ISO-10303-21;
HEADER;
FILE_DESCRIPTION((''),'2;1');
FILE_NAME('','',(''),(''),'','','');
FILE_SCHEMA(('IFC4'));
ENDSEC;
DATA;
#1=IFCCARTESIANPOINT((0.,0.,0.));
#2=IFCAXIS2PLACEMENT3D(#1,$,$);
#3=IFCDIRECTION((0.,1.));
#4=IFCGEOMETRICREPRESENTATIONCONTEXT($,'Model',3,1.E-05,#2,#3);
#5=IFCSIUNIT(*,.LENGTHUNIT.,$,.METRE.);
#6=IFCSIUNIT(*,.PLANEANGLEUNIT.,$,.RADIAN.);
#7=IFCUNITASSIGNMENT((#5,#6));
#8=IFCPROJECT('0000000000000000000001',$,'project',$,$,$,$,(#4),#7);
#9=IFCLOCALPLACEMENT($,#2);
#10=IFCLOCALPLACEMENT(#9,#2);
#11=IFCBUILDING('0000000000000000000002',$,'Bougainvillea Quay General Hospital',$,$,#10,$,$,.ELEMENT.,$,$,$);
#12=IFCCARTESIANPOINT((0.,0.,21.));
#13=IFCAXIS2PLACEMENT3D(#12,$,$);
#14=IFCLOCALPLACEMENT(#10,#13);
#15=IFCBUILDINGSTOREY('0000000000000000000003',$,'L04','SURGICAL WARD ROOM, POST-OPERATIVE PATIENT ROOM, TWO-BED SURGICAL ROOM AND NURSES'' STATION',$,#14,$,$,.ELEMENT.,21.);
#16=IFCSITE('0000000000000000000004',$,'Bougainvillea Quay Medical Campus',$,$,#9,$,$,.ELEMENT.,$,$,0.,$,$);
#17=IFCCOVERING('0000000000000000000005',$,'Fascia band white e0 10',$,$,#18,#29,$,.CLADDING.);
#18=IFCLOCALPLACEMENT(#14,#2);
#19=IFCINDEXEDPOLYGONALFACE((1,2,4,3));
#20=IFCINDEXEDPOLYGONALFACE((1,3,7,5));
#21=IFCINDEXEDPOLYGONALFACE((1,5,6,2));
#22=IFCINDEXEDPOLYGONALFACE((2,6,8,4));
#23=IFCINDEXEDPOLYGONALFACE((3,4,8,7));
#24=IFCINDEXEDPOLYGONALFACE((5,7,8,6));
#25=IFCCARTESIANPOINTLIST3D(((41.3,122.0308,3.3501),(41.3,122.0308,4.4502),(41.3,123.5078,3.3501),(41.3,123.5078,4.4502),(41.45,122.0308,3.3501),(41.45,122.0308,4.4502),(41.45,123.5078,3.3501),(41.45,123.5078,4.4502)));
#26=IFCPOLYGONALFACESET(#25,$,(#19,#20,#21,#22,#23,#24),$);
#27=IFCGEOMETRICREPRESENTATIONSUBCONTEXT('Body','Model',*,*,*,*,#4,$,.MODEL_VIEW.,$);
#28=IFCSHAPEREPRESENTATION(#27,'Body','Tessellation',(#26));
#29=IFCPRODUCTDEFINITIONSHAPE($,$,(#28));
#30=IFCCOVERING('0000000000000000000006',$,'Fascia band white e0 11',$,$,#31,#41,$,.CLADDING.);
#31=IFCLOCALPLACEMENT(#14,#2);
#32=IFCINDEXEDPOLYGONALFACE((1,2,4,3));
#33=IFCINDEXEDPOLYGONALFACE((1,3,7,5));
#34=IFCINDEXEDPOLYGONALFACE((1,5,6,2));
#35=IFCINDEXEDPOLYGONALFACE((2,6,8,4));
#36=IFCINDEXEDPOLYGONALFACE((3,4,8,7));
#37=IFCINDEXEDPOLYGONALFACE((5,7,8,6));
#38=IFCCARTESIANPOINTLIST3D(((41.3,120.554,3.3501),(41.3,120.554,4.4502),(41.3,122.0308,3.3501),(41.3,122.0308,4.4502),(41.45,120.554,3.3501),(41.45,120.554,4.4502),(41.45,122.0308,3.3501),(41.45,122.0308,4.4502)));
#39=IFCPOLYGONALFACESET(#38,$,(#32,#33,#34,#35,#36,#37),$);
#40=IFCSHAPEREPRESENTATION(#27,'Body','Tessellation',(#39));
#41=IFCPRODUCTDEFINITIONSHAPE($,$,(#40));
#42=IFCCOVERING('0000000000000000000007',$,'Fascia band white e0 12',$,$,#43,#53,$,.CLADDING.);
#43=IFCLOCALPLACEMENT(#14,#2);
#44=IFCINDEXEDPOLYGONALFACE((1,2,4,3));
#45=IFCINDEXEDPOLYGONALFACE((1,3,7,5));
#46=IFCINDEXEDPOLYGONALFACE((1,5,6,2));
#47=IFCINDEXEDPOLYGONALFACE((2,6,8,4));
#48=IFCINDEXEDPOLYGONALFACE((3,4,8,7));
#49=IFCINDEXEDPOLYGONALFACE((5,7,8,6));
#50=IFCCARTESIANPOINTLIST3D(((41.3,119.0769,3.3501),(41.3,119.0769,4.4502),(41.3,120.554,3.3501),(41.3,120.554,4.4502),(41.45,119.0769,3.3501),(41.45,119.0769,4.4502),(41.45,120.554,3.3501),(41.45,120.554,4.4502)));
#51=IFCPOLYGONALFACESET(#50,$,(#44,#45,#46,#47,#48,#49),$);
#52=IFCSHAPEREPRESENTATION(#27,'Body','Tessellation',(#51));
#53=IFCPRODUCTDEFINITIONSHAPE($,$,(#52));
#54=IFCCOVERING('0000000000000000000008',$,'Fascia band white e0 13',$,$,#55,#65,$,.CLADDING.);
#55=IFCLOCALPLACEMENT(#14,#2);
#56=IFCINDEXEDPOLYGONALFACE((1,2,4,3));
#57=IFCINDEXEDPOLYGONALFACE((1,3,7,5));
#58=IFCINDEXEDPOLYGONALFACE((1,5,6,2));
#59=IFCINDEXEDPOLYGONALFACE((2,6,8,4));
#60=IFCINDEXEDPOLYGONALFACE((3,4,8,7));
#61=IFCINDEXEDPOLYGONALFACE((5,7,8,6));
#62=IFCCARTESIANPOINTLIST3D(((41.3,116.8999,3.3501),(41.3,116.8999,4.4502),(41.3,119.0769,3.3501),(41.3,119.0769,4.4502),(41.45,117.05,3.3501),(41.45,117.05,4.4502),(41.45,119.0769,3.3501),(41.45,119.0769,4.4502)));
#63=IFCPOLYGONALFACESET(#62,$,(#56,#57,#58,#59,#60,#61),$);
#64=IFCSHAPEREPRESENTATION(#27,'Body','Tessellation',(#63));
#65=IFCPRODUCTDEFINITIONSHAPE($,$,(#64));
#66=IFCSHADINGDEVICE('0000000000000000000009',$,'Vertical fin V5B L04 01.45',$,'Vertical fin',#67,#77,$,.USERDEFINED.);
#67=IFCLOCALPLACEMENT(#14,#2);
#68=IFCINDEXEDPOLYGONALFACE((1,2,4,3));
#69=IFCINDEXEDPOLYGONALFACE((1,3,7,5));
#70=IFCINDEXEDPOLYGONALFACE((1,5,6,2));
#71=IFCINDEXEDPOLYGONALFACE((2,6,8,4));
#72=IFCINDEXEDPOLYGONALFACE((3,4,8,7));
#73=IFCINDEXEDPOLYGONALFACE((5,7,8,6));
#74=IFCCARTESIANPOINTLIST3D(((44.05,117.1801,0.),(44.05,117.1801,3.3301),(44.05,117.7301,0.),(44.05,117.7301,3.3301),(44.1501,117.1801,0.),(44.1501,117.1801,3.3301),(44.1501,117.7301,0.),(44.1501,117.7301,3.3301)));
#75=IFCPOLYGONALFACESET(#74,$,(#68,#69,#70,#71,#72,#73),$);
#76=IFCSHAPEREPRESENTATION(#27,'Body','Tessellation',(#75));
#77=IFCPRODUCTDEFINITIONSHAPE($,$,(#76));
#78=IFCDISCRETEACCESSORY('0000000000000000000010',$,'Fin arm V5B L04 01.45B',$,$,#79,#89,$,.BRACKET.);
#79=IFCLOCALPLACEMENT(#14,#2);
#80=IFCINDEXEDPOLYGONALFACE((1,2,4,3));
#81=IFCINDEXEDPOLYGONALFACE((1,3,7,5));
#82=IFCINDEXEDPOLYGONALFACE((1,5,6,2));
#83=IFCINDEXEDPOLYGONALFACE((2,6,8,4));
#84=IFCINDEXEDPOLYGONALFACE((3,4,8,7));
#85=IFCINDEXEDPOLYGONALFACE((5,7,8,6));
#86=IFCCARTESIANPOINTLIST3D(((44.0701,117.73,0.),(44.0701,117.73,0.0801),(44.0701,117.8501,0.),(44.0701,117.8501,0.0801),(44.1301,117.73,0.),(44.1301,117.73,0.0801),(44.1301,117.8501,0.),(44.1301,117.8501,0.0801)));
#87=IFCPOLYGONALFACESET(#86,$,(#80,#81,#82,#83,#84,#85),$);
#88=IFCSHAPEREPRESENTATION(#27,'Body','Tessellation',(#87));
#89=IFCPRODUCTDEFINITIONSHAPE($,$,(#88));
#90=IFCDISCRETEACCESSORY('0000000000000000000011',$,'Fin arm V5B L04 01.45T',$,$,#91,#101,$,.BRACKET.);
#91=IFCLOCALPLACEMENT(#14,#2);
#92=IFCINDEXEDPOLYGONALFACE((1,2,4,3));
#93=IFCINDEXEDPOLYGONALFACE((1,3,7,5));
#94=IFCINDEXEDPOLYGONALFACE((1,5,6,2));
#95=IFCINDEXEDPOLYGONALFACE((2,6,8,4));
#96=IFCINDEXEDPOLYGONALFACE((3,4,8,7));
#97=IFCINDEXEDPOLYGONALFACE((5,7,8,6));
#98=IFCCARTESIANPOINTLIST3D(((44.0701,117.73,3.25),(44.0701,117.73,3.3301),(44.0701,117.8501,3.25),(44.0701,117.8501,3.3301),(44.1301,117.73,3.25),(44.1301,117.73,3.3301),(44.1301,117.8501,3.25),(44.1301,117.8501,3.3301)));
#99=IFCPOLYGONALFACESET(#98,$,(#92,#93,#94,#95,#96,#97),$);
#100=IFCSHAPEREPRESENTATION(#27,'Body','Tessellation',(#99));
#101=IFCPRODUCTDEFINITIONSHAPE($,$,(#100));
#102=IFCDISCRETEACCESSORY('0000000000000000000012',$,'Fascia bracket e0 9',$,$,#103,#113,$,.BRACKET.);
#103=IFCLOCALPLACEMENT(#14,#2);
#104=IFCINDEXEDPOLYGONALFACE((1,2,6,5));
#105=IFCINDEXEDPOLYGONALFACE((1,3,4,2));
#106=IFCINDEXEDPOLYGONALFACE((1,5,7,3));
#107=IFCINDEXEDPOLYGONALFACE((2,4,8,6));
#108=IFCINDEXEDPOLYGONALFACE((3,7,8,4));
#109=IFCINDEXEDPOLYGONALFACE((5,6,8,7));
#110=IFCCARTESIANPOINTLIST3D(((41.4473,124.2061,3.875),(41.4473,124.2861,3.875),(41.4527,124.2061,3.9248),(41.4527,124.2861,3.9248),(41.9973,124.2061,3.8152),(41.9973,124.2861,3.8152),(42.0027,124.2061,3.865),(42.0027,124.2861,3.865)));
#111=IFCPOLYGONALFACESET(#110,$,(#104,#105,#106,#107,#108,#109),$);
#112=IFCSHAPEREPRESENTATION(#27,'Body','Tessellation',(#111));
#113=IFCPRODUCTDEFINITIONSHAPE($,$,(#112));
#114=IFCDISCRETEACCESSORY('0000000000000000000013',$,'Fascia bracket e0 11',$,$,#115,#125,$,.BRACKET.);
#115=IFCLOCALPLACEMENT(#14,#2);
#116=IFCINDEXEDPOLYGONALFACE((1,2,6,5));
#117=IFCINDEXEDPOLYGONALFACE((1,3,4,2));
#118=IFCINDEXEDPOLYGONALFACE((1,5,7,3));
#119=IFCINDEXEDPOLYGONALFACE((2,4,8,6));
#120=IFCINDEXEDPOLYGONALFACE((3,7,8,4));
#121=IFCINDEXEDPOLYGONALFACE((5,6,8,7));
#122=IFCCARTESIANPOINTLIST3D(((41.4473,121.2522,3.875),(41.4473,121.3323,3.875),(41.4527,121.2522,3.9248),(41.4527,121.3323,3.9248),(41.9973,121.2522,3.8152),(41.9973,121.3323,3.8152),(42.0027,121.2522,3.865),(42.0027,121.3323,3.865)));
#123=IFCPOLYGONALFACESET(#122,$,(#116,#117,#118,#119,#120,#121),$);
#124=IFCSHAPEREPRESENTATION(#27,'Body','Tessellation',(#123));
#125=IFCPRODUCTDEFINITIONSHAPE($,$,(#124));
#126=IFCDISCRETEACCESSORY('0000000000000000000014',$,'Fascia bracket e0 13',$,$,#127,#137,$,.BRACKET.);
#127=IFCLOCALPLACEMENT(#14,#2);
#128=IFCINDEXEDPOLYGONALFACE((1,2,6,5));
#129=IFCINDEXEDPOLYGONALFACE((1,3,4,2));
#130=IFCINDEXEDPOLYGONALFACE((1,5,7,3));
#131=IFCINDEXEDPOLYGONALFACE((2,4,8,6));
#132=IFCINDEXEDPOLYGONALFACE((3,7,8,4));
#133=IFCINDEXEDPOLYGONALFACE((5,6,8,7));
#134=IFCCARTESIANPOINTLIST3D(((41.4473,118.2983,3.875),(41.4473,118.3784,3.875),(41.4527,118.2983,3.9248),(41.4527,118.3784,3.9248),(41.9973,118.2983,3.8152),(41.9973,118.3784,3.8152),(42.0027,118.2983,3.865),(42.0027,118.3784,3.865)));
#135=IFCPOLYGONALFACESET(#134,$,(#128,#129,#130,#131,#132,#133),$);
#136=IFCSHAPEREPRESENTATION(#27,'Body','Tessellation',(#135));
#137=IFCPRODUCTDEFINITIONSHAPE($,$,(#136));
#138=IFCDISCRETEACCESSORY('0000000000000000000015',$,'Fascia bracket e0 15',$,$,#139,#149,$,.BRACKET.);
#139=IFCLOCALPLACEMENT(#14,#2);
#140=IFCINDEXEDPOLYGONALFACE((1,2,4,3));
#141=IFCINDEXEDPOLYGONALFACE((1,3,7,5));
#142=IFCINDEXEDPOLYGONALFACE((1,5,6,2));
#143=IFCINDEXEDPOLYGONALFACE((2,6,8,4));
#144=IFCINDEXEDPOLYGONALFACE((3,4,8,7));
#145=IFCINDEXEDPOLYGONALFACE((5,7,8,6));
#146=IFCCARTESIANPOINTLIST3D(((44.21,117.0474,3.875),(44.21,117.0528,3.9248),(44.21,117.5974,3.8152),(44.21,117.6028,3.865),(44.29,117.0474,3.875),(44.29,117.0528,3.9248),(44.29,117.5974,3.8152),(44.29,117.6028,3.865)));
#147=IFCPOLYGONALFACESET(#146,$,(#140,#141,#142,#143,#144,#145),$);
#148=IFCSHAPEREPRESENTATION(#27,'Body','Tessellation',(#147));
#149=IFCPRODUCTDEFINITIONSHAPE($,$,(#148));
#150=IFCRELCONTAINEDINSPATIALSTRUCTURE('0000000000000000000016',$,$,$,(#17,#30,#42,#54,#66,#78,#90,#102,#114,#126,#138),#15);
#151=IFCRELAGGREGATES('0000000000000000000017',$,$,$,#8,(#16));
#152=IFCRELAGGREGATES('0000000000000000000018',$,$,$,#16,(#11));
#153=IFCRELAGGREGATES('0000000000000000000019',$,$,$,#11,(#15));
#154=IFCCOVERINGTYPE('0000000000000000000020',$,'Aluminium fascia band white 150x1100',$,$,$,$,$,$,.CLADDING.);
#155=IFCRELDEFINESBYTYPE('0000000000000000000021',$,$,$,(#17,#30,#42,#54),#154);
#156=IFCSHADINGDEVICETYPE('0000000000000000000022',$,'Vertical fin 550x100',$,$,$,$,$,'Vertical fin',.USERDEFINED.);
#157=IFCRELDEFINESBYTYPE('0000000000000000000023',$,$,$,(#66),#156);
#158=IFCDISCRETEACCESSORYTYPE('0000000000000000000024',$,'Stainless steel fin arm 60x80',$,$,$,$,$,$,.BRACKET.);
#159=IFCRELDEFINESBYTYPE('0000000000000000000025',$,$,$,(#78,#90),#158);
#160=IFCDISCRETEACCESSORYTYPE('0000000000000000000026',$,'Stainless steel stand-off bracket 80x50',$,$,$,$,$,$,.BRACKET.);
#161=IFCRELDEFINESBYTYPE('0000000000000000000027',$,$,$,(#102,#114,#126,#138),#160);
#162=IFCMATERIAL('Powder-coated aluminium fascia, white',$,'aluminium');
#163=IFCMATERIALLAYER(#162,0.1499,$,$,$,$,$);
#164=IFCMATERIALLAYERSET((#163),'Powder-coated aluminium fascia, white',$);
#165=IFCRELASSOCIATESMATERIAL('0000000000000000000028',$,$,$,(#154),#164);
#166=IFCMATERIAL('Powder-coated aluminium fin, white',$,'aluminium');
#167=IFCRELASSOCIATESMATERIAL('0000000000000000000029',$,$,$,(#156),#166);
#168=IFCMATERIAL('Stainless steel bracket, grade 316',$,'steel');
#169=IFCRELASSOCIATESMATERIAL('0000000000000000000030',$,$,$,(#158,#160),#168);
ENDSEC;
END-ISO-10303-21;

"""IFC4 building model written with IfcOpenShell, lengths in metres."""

from ifc_helpers import new_model, si_unit, direction, frame, origin, origin_2d, place, context, subcontext, project, spatial, polyline, rectangle, outline, extrude, material, layer, layer_set, material_profile, profile_set, type_object, element, save


model = new_model("IFC4")

# Units and contexts
model_context = context("Model", 3, precision=1e-05, world=origin(), true_north=direction((0.0, 1.0)))
body_context = subcontext(model_context, "Body", "Model", "MODEL_VIEW")
ifc_project = project(units=[si_unit("LENGTHUNIT", "METRE"), si_unit("PLANEANGLEUNIT", "RADIAN")], contexts=[model_context])

# Site, building, storey
site_placement = place(None, origin())
site = spatial("IfcSite", under=ifc_project, at=site_placement, Name="Bougainvillea Quay Medical Campus", CompositionType="ELEMENT", RefElevation=0.0)
building_placement = place(site_placement, origin())
building = spatial("IfcBuilding", under=site, at=building_placement, Name="Bougainvillea Quay General Hospital", CompositionType="ELEMENT")
storey_placement = place(building_placement, frame((0.0, 0.0, 21.0)))
storey = spatial("IfcBuildingStorey", under=building, at=storey_placement, Name="L04", Description="SURGICAL WARD ROOM, POST-OPERATIVE PATIENT ROOM, TWO-BED SURGICAL ROOM AND NURSES' STATION", CompositionType="ELEMENT", Elevation=21.0)

# Coverings
ifc_material_1 = material(Name="Powder-coated aluminium fascia, white", Category="aluminium")
ifc_layer_1 = layer(ifc_material_1, 0.1499)
ifc_layer_set_1 = layer_set([ifc_layer_1], Name="Powder-coated aluminium fascia, white")
covering_type = type_object("IfcCoveringType", Name="Aluminium fascia band white 150x1100", PredefinedType="CLADDING", material=ifc_layer_set_1)
covering_1_placement = place(storey_placement, frame((41.45, 123.5078, 3.3501), z_axis=(0.0, 0.0, 1.0), x_axis=(0.0, -1.0, 0.0)))
element("IfcCovering", 1, at=covering_1_placement, inside=storey, type_object=covering_type, Name="Fascia band white e0 10", PredefinedType="CLADDING", context=body_context, shape_type="SweptSolid", body=[
    extrude(outline(polyline([(0.0, 0.0), (1.4771, 0.0), (1.4771, -0.1499), (0.0, -0.1499), (0.0, 0.0)])), origin(), (0.0, 0.0, 1.0), 1.1001),
])
covering_2_placement = place(storey_placement, frame((41.45, 122.0308, 3.3501), z_axis=(0.0, 0.0, 1.0), x_axis=(0.0, -1.0, 0.0)))
element("IfcCovering", 2, at=covering_2_placement, inside=storey, type_object=covering_type, Name="Fascia band white e0 11", PredefinedType="CLADDING", context=body_context, shape_type="SweptSolid", body=[
    extrude(outline(polyline([(0.0, 0.0), (1.4768, 0.0), (1.4768, -0.1499), (0.0, -0.1499), (0.0, 0.0)])), origin(), (0.0, 0.0, 1.0), 1.1001),
])
covering_3_placement = place(storey_placement, frame((41.45, 120.554, 3.3501), z_axis=(0.0, 0.0, 1.0), x_axis=(0.0, -1.0, 0.0)))
element("IfcCovering", 3, at=covering_3_placement, inside=storey, type_object=covering_type, Name="Fascia band white e0 12", PredefinedType="CLADDING", context=body_context, shape_type="SweptSolid", body=[
    extrude(outline(polyline([(0.0, 0.0), (1.4771, 0.0), (1.4771, -0.1499), (0.0, -0.1499), (0.0, 0.0)])), origin(), (0.0, 0.0, 1.0), 1.1001),
])
covering_4_placement = place(storey_placement, frame((41.45, 119.0769, 3.3501), z_axis=(0.0, 0.0, 1.0), x_axis=(0.0, -1.0, 0.0)))
element("IfcCovering", 4, at=covering_4_placement, inside=storey, type_object=covering_type, Name="Fascia band white e0 13", PredefinedType="CLADDING", context=body_context, shape_type="SweptSolid", body=[
    extrude(outline(polyline([(0.0, 0.0), (2.0269, 0.0), (2.177, -0.1499), (0.0, -0.1499), (0.0, 0.0)])), origin(), (0.0, 0.0, 1.0), 1.1001),
])

# Shading device
ifc_material_2 = material(Name="Powder-coated aluminium fin, white", Category="aluminium")
ifc_material_profile_1 = material_profile(ifc_material_2, rectangle(XDim=0.55, YDim=0.1001, at=origin_2d()))
ifc_profile_set_1 = profile_set([ifc_material_profile_1], Name="Powder-coated aluminium fin, white")
shading_device_type = type_object("IfcShadingDeviceType", Name="Vertical fin 550x100", ElementType="Vertical fin", PredefinedType="USERDEFINED", material=ifc_profile_set_1)
shading_device_placement = place(storey_placement, frame((44.1001, 117.4551, 0.0), z_axis=(0.0, 0.0, 1.0), x_axis=(0.0, -1.0, 0.0)))
element("IfcShadingDevice", 5, at=shading_device_placement, inside=storey, type_object=shading_device_type, Name="Vertical fin V5B L04 01.45", ObjectType="Vertical fin", PredefinedType="USERDEFINED", context=body_context, shape_type="SweptSolid", body=[
    extrude(rectangle(XDim=0.55, YDim=0.1001, at=origin_2d()), origin(), (0.0, 0.0, 1.0), 3.3301),
])

# Discrete accessories
ifc_material_3 = material(Name="Stainless steel bracket, grade 316", Category="steel")
discrete_accessory_type_1 = type_object("IfcDiscreteAccessoryType", Name="Stainless steel fin arm 60x80", PredefinedType="BRACKET", material=ifc_material_3)
for number, where, z_axis, x_axis, name in (
    (6, (44.1001, 117.79, 0.0), (0.0, 0.0, 1.0), (0.0, -1.0, 0.0), "Fin arm V5B L04 01.45B"),
    (7, (44.1001, 117.79, 3.25), (0.0, 0.0, 1.0), (0.0, -1.0, 0.0), "Fin arm V5B L04 01.45T"),
):
    element("IfcDiscreteAccessory", number, at=place(storey_placement, frame(where, z_axis=z_axis, x_axis=x_axis)), inside=storey, type_object=discrete_accessory_type_1, Name=name, PredefinedType="BRACKET", context=body_context, shape_type="SweptSolid", body=[
        extrude(rectangle(XDim=0.1201, YDim=0.0601, at=origin_2d()), origin(), (0.0, 0.0, 1.0), 0.0801),
    ])
ifc_material_profile_2 = material_profile(ifc_material_3, rectangle(XDim=0.0801, YDim=0.05, at=origin_2d()))
ifc_profile_set_2 = profile_set([ifc_material_profile_2], Name="Stainless steel bracket, grade 316")
discrete_accessory_type_2 = type_object("IfcDiscreteAccessoryType", Name="Stainless steel stand-off bracket 80x50", PredefinedType="BRACKET", material=ifc_profile_set_2)
for number, where, z_axis, x_axis, name in (
    (8, (42.0, 124.2461, 3.8401), (-0.994139, 0.0, 0.108107), (0.0, -1.0, 0.0), "Fascia bracket e0 9"),
    (9, (42.0, 121.2922, 3.8401), (-0.994139, 0.0, 0.108107), (0.0, -1.0, 0.0), "Fascia bracket e0 11"),
    (10, (42.0, 118.3384, 3.8401), (-0.994139, 0.0, 0.108107), (0.0, -1.0, 0.0), "Fascia bracket e0 13"),
    (11, (44.25, 117.6001, 3.8401), (0.0, -0.994139, 0.108107), (1.0, 0.0, 0.0), "Fascia bracket e0 15"),
):
    element("IfcDiscreteAccessory", number, at=place(storey_placement, frame(where, z_axis=z_axis, x_axis=x_axis)), inside=storey, type_object=discrete_accessory_type_2, Name=name, PredefinedType="BRACKET", context=body_context, shape_type="SweptSolid", body=[
        extrude(rectangle(XDim=0.0801, YDim=0.05, at=origin_2d()), origin(), (0.0, 0.0, 1.0), 0.5532),
    ])

save(model, "model.ifc")
